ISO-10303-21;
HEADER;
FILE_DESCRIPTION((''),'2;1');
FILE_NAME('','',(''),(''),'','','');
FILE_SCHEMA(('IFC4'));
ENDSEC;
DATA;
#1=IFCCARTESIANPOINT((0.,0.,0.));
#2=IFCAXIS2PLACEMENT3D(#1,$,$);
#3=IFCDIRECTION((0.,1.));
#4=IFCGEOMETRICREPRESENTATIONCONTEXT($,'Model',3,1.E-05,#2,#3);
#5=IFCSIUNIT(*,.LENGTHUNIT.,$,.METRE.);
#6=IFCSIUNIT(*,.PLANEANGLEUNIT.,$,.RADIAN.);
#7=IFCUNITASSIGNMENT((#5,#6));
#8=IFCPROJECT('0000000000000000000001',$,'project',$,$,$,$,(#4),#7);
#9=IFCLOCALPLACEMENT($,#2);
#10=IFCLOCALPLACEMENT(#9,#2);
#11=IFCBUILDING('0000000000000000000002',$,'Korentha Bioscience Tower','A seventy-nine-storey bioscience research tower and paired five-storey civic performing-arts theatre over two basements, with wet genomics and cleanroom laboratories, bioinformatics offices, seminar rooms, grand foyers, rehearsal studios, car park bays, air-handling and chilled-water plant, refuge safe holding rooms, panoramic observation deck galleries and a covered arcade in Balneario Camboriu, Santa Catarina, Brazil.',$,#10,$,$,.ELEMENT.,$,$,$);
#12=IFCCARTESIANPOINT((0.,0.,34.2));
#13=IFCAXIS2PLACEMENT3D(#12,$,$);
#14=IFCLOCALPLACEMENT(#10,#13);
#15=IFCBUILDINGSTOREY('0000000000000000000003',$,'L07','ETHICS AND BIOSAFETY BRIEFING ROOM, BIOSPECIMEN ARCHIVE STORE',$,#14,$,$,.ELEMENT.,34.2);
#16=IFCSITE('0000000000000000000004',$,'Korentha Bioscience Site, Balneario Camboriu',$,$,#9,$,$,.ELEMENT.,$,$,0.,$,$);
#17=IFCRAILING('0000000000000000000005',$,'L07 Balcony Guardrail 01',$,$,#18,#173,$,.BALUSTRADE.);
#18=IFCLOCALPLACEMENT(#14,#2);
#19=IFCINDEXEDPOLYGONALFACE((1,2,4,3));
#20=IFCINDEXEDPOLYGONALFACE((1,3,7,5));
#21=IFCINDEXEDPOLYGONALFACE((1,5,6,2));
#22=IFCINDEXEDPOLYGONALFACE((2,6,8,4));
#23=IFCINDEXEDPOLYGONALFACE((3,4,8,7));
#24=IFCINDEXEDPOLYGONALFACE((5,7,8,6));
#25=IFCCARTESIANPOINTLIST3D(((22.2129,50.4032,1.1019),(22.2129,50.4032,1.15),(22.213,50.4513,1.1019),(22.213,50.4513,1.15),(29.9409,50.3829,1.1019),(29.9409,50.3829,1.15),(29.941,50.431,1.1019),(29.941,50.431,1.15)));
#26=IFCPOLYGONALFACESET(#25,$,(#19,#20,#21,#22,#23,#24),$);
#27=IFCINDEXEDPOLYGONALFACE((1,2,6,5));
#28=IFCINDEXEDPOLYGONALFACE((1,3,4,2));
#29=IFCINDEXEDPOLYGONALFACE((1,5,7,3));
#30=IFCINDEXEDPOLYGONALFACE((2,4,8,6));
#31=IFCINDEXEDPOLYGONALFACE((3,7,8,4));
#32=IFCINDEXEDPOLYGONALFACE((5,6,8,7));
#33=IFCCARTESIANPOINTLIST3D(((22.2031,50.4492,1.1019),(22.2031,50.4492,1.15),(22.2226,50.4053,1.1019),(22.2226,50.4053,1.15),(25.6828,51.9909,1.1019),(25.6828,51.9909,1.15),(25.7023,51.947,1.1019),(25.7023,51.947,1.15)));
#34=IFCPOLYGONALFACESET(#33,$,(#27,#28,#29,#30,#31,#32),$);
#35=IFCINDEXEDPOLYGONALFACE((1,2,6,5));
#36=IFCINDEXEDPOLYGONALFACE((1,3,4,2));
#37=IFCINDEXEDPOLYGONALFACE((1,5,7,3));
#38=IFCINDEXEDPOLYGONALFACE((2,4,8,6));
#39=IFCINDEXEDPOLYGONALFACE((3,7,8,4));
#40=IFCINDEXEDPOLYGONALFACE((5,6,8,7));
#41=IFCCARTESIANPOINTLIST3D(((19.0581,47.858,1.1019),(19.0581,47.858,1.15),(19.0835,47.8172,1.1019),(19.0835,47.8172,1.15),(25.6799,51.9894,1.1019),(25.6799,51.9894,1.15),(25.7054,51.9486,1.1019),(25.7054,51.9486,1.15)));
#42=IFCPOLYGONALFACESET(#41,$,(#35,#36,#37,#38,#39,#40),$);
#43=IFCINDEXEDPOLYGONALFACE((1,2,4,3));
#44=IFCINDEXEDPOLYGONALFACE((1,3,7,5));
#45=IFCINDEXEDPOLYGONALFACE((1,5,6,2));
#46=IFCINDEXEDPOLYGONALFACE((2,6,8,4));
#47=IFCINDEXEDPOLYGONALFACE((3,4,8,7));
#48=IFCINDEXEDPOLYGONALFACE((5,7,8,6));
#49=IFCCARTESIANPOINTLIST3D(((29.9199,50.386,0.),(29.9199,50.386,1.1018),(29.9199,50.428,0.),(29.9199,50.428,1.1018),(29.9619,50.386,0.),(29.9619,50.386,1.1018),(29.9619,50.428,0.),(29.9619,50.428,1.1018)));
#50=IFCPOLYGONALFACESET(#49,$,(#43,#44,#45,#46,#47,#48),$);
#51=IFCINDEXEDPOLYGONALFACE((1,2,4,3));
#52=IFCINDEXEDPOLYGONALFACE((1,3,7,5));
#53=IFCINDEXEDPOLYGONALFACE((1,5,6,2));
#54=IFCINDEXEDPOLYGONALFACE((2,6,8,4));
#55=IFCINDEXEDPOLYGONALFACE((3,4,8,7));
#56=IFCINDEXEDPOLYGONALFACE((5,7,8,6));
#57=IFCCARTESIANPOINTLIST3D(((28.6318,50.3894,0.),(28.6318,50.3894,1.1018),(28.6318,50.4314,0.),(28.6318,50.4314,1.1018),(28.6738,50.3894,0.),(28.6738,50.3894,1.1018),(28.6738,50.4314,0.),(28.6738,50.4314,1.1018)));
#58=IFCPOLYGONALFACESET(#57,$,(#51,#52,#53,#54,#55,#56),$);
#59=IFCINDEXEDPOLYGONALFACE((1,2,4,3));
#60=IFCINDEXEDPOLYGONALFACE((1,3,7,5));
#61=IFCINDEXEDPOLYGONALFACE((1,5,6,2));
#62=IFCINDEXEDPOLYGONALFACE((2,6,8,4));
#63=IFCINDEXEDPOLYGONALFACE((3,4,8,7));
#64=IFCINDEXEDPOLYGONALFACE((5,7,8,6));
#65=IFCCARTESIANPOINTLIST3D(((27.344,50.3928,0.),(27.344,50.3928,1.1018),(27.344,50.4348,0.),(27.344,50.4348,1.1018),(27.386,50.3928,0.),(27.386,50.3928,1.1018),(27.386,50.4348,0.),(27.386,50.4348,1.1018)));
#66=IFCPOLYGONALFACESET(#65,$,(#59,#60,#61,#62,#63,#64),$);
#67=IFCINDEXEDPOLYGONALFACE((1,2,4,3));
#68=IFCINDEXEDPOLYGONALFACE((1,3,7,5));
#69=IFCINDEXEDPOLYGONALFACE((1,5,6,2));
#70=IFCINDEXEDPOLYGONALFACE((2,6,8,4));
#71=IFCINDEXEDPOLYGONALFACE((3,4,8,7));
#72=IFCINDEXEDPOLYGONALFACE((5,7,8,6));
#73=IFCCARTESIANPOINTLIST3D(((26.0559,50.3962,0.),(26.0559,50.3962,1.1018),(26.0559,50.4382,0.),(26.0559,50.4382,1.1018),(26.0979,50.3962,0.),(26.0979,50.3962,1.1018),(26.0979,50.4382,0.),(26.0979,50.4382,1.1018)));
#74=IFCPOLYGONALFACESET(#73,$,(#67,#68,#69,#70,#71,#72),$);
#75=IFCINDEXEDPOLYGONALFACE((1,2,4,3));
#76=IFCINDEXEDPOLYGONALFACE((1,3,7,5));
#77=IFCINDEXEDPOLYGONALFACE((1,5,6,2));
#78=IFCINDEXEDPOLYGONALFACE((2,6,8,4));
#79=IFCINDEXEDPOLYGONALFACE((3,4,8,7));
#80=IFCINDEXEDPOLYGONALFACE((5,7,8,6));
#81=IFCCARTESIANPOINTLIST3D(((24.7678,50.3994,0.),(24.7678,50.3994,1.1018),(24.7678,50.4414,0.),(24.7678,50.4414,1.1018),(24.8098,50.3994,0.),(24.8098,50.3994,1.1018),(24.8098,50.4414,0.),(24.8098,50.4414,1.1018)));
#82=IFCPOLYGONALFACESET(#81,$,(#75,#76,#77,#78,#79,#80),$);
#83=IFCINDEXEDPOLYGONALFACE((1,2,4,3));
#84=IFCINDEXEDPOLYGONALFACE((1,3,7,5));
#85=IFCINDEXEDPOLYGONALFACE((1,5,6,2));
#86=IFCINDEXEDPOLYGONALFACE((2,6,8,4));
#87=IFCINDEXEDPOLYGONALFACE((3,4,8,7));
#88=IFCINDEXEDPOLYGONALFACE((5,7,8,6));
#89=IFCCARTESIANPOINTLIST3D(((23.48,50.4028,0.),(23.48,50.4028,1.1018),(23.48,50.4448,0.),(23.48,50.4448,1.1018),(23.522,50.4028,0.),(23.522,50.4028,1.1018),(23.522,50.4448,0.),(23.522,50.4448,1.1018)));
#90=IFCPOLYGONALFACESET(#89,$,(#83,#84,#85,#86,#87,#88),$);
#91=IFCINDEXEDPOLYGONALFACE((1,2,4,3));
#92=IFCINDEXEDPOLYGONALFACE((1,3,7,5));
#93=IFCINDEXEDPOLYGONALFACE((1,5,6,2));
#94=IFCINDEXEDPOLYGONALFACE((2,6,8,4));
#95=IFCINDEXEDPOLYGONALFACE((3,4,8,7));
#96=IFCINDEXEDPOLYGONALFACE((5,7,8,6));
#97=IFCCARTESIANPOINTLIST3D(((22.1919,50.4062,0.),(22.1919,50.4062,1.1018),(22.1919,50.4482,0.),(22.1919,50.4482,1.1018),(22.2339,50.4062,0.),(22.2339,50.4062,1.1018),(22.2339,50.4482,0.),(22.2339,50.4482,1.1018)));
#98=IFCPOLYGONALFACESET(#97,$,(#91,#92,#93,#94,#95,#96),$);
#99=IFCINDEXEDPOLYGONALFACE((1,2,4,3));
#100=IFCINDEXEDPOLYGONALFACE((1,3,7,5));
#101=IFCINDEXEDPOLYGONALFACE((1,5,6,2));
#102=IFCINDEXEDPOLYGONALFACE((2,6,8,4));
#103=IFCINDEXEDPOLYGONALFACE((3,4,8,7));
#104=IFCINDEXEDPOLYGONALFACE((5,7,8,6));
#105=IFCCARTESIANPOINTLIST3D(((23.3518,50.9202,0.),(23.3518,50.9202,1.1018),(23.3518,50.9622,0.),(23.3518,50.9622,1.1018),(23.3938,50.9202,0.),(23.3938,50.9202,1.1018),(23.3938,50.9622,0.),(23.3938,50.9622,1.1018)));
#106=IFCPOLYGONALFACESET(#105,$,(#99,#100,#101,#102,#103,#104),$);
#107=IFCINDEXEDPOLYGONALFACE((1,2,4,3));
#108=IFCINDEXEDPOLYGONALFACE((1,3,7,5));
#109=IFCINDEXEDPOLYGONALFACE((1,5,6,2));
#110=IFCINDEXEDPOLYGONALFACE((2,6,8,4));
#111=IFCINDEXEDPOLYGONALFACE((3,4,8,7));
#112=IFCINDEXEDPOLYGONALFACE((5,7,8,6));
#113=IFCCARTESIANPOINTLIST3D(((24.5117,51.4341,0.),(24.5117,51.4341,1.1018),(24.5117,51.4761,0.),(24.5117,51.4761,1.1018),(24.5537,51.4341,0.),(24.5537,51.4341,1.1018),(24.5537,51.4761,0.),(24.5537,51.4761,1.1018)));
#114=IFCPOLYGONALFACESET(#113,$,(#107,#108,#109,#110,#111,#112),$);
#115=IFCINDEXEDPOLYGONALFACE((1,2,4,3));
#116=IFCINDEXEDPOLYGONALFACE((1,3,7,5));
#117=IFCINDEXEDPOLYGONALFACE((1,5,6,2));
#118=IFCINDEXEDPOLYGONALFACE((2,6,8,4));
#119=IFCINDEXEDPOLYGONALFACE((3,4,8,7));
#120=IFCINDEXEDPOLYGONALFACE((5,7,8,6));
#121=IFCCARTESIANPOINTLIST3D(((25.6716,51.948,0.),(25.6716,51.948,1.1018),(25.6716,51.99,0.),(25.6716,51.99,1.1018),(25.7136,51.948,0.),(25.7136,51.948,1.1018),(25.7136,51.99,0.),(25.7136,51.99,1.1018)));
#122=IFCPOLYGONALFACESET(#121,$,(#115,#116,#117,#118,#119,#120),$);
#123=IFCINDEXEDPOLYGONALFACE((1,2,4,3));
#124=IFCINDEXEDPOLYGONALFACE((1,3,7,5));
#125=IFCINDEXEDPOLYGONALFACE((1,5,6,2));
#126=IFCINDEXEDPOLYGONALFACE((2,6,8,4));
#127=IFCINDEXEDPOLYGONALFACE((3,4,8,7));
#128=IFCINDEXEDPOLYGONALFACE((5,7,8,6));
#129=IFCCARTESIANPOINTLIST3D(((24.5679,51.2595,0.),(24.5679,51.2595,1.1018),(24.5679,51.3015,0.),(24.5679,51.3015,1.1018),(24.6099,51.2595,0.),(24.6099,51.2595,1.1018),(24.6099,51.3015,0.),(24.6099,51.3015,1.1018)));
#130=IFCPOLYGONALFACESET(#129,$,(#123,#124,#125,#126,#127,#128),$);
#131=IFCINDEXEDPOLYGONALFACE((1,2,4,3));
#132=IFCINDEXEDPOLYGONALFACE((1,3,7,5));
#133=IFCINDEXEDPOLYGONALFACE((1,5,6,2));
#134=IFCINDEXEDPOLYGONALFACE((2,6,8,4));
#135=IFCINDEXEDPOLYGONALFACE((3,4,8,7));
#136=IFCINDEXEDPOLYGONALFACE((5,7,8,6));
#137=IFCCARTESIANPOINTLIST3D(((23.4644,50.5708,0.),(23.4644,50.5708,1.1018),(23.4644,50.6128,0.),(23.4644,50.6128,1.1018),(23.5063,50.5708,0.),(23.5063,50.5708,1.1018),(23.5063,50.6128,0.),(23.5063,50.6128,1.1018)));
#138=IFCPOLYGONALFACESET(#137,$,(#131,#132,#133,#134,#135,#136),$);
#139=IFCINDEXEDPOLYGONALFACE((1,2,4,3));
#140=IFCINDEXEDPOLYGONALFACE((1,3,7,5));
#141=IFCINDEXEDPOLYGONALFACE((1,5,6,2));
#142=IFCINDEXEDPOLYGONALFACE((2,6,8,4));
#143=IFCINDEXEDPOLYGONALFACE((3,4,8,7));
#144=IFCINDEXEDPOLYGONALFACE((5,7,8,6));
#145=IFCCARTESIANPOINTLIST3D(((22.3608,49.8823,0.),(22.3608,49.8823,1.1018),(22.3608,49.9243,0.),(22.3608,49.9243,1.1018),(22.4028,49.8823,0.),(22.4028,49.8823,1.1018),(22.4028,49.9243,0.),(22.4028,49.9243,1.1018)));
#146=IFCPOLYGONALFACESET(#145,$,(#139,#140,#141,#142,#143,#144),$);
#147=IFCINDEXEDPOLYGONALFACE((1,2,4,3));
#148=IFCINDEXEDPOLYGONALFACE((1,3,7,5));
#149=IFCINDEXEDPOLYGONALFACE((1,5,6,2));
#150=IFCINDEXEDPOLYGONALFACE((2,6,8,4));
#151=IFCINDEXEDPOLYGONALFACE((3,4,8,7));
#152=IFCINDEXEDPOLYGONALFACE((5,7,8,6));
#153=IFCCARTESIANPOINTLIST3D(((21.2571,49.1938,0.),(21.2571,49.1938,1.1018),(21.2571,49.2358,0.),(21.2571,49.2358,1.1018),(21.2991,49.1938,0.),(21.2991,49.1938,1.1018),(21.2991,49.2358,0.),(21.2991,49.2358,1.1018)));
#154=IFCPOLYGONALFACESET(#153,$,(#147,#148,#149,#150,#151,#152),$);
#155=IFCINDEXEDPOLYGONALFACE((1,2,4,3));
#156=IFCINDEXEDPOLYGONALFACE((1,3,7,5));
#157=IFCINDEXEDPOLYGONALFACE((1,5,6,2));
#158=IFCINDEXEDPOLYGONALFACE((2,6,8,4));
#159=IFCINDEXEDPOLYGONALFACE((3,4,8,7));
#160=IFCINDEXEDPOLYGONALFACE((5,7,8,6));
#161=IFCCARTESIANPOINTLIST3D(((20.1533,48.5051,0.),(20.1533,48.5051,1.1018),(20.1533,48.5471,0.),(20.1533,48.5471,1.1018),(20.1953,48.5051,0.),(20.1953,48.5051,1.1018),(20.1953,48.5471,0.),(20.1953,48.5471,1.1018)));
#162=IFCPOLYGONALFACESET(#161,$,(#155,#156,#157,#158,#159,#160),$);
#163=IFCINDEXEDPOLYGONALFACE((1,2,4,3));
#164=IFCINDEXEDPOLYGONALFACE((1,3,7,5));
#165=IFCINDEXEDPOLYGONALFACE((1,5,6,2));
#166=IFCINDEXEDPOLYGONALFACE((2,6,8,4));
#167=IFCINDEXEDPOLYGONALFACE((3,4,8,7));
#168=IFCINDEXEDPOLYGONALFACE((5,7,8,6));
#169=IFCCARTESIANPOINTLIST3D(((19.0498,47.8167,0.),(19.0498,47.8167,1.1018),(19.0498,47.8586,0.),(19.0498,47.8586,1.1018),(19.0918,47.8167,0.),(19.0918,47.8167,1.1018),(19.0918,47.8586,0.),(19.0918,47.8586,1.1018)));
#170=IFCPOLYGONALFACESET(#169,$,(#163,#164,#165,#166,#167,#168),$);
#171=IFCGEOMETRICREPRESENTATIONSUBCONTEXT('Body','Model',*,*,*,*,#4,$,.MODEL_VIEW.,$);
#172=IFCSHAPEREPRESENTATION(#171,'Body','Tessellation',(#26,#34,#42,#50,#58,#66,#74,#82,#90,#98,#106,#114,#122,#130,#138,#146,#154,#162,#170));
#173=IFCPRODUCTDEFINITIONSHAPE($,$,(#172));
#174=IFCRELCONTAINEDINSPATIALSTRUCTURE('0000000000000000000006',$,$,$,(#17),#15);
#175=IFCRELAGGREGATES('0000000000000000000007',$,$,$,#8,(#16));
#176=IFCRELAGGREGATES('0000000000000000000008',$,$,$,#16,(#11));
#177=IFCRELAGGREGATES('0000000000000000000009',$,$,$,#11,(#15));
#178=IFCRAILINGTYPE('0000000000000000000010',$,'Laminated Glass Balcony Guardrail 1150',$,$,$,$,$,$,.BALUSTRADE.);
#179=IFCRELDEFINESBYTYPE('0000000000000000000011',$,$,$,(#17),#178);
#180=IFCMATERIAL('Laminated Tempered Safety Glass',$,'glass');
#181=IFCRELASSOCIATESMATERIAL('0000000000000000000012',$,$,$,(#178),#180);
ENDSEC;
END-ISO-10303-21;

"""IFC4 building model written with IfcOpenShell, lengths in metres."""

from ifc_helpers import new_model, si_unit, direction, frame, origin, origin_2d, place, context, subcontext, project, spatial, rectangle, extrude, material, type_object, element, save


model = new_model("IFC4")

# Units and contexts
model_context = context("Model", 3, precision=1e-05, world=origin(), true_north=direction((0.0, 1.0)))
body_context = subcontext(model_context, "Body", "Model", "MODEL_VIEW")
ifc_project = project(units=[si_unit("LENGTHUNIT", "METRE"), si_unit("PLANEANGLEUNIT", "RADIAN")], contexts=[model_context])

# Site, building, storey
site_placement = place(None, origin())
site = spatial("IfcSite", under=ifc_project, at=site_placement, Name="Korentha Bioscience Site, Balneario Camboriu", CompositionType="ELEMENT", RefElevation=0.0)
building_placement = place(site_placement, origin())
building = spatial("IfcBuilding", under=site, at=building_placement, Name="Korentha Bioscience Tower", Description="A seventy-nine-storey bioscience research tower and paired five-storey civic performing-arts theatre over two basements, with wet genomics and cleanroom laboratories, bioinformatics offices, seminar rooms, grand foyers, rehearsal studios, car park bays, air-handling and chilled-water plant, refuge safe holding rooms, panoramic observation deck galleries and a covered arcade in Balneario Camboriu, Santa Catarina, Brazil.", CompositionType="ELEMENT")
storey_placement = place(building_placement, frame((0.0, 0.0, 34.2)))
storey = spatial("IfcBuildingStorey", under=building, at=storey_placement, Name="L07", Description="ETHICS AND BIOSAFETY BRIEFING ROOM, BIOSPECIMEN ARCHIVE STORE", CompositionType="ELEMENT", Elevation=34.2)

# Railing
ifc_material_1 = material(Name="Laminated Tempered Safety Glass", Category="glass")
railing_type = type_object("IfcRailingType", Name="Laminated Glass Balcony Guardrail 1150", PredefinedType="BALUSTRADE", material=ifc_material_1)
railing_placement = place(storey_placement, frame((29.9409, 50.407, 0.0)))
element("IfcRailing", 1, at=railing_placement, inside=storey, type_object=railing_type, Name="L07 Balcony Guardrail 01", PredefinedType="BALUSTRADE", context=body_context, shape_type="SweptSolid", body=[
    extrude(rectangle(XDim=0.0481, YDim=0.0481, at=origin_2d()), frame((0.0, 0.0, 1.126), z_axis=(-0.999997, 0.002622, 0.0), x_axis=(-0.002622, -0.999997, 0.0)), (0.0, 0.0, 1.0), 7.728),
    extrude(rectangle(XDim=0.0481, YDim=0.0481, at=origin_2d()), frame((-7.728, 0.0203, 1.126), z_axis=(0.914279, 0.405085, 0.0), x_axis=(-0.405085, 0.914279, 0.0)), (0.0, 0.0, 1.0), 3.8059),
    extrude(rectangle(XDim=0.0481, YDim=0.0481, at=origin_2d()), frame((-4.2483, 1.562, 1.126), z_axis=(-0.848418, -0.529327, 0.0), x_axis=(0.529327, -0.848418, 0.0)), (0.0, 0.0, 1.0), 7.8049),
    extrude(rectangle(XDim=0.042, YDim=0.042, at=origin_2d()), origin(), (0.0, 0.0, 1.0), 1.1018),
    extrude(rectangle(XDim=0.042, YDim=0.042, at=origin_2d()), frame((-1.2881, 0.0034, 0.0)), (0.0, 0.0, 1.0), 1.1018),
    extrude(rectangle(XDim=0.042, YDim=0.042, at=origin_2d()), frame((-2.5759, 0.0068, 0.0)), (0.0, 0.0, 1.0), 1.1018),
    extrude(rectangle(XDim=0.042, YDim=0.042, at=origin_2d()), frame((-3.864, 0.0103, 0.0)), (0.0, 0.0, 1.0), 1.1018),
    extrude(rectangle(XDim=0.042, YDim=0.042, at=origin_2d()), frame((-5.1521, 0.0134, 0.0)), (0.0, 0.0, 1.0), 1.1018),
    extrude(rectangle(XDim=0.042, YDim=0.042, at=origin_2d()), frame((-6.4399, 0.0168, 0.0)), (0.0, 0.0, 1.0), 1.1018),
    extrude(rectangle(XDim=0.042, YDim=0.042, at=origin_2d()), frame((-7.728, 0.0203, 0.0)), (0.0, 0.0, 1.0), 1.1018),
    extrude(rectangle(XDim=0.042, YDim=0.042, at=origin_2d()), frame((-6.5681, 0.5342, 0.0)), (0.0, 0.0, 1.0), 1.1018),
    extrude(rectangle(XDim=0.042, YDim=0.042, at=origin_2d()), frame((-5.4082, 1.0481, 0.0)), (0.0, 0.0, 1.0), 1.1018),
    extrude(rectangle(XDim=0.042, YDim=0.042, at=origin_2d()), frame((-4.2483, 1.562, 0.0)), (0.0, 0.0, 1.0), 1.1018),
    extrude(rectangle(XDim=0.042, YDim=0.042, at=origin_2d()), frame((-5.3521, 0.8735, 0.0)), (0.0, 0.0, 1.0), 1.1018),
    extrude(rectangle(XDim=0.042, YDim=0.042, at=origin_2d()), frame((-6.4556, 0.1848, 0.0)), (0.0, 0.0, 1.0), 1.1018),
    extrude(rectangle(XDim=0.042, YDim=0.042, at=origin_2d()), frame((-7.5591, -0.5037, 0.0)), (0.0, 0.0, 1.0), 1.1018),
    extrude(rectangle(XDim=0.042, YDim=0.042, at=origin_2d()), frame((-8.6628, -1.1921, 0.0)), (0.0, 0.0, 1.0), 1.1018),
    extrude(rectangle(XDim=0.042, YDim=0.042, at=origin_2d()), frame((-9.7666, -1.8809, 0.0)), (0.0, 0.0, 1.0), 1.1018),
    extrude(rectangle(XDim=0.042, YDim=0.042, at=origin_2d()), frame((-10.8701, -2.5693, 0.0)), (0.0, 0.0, 1.0), 1.1018),
])

save(model, "model.ifc")
